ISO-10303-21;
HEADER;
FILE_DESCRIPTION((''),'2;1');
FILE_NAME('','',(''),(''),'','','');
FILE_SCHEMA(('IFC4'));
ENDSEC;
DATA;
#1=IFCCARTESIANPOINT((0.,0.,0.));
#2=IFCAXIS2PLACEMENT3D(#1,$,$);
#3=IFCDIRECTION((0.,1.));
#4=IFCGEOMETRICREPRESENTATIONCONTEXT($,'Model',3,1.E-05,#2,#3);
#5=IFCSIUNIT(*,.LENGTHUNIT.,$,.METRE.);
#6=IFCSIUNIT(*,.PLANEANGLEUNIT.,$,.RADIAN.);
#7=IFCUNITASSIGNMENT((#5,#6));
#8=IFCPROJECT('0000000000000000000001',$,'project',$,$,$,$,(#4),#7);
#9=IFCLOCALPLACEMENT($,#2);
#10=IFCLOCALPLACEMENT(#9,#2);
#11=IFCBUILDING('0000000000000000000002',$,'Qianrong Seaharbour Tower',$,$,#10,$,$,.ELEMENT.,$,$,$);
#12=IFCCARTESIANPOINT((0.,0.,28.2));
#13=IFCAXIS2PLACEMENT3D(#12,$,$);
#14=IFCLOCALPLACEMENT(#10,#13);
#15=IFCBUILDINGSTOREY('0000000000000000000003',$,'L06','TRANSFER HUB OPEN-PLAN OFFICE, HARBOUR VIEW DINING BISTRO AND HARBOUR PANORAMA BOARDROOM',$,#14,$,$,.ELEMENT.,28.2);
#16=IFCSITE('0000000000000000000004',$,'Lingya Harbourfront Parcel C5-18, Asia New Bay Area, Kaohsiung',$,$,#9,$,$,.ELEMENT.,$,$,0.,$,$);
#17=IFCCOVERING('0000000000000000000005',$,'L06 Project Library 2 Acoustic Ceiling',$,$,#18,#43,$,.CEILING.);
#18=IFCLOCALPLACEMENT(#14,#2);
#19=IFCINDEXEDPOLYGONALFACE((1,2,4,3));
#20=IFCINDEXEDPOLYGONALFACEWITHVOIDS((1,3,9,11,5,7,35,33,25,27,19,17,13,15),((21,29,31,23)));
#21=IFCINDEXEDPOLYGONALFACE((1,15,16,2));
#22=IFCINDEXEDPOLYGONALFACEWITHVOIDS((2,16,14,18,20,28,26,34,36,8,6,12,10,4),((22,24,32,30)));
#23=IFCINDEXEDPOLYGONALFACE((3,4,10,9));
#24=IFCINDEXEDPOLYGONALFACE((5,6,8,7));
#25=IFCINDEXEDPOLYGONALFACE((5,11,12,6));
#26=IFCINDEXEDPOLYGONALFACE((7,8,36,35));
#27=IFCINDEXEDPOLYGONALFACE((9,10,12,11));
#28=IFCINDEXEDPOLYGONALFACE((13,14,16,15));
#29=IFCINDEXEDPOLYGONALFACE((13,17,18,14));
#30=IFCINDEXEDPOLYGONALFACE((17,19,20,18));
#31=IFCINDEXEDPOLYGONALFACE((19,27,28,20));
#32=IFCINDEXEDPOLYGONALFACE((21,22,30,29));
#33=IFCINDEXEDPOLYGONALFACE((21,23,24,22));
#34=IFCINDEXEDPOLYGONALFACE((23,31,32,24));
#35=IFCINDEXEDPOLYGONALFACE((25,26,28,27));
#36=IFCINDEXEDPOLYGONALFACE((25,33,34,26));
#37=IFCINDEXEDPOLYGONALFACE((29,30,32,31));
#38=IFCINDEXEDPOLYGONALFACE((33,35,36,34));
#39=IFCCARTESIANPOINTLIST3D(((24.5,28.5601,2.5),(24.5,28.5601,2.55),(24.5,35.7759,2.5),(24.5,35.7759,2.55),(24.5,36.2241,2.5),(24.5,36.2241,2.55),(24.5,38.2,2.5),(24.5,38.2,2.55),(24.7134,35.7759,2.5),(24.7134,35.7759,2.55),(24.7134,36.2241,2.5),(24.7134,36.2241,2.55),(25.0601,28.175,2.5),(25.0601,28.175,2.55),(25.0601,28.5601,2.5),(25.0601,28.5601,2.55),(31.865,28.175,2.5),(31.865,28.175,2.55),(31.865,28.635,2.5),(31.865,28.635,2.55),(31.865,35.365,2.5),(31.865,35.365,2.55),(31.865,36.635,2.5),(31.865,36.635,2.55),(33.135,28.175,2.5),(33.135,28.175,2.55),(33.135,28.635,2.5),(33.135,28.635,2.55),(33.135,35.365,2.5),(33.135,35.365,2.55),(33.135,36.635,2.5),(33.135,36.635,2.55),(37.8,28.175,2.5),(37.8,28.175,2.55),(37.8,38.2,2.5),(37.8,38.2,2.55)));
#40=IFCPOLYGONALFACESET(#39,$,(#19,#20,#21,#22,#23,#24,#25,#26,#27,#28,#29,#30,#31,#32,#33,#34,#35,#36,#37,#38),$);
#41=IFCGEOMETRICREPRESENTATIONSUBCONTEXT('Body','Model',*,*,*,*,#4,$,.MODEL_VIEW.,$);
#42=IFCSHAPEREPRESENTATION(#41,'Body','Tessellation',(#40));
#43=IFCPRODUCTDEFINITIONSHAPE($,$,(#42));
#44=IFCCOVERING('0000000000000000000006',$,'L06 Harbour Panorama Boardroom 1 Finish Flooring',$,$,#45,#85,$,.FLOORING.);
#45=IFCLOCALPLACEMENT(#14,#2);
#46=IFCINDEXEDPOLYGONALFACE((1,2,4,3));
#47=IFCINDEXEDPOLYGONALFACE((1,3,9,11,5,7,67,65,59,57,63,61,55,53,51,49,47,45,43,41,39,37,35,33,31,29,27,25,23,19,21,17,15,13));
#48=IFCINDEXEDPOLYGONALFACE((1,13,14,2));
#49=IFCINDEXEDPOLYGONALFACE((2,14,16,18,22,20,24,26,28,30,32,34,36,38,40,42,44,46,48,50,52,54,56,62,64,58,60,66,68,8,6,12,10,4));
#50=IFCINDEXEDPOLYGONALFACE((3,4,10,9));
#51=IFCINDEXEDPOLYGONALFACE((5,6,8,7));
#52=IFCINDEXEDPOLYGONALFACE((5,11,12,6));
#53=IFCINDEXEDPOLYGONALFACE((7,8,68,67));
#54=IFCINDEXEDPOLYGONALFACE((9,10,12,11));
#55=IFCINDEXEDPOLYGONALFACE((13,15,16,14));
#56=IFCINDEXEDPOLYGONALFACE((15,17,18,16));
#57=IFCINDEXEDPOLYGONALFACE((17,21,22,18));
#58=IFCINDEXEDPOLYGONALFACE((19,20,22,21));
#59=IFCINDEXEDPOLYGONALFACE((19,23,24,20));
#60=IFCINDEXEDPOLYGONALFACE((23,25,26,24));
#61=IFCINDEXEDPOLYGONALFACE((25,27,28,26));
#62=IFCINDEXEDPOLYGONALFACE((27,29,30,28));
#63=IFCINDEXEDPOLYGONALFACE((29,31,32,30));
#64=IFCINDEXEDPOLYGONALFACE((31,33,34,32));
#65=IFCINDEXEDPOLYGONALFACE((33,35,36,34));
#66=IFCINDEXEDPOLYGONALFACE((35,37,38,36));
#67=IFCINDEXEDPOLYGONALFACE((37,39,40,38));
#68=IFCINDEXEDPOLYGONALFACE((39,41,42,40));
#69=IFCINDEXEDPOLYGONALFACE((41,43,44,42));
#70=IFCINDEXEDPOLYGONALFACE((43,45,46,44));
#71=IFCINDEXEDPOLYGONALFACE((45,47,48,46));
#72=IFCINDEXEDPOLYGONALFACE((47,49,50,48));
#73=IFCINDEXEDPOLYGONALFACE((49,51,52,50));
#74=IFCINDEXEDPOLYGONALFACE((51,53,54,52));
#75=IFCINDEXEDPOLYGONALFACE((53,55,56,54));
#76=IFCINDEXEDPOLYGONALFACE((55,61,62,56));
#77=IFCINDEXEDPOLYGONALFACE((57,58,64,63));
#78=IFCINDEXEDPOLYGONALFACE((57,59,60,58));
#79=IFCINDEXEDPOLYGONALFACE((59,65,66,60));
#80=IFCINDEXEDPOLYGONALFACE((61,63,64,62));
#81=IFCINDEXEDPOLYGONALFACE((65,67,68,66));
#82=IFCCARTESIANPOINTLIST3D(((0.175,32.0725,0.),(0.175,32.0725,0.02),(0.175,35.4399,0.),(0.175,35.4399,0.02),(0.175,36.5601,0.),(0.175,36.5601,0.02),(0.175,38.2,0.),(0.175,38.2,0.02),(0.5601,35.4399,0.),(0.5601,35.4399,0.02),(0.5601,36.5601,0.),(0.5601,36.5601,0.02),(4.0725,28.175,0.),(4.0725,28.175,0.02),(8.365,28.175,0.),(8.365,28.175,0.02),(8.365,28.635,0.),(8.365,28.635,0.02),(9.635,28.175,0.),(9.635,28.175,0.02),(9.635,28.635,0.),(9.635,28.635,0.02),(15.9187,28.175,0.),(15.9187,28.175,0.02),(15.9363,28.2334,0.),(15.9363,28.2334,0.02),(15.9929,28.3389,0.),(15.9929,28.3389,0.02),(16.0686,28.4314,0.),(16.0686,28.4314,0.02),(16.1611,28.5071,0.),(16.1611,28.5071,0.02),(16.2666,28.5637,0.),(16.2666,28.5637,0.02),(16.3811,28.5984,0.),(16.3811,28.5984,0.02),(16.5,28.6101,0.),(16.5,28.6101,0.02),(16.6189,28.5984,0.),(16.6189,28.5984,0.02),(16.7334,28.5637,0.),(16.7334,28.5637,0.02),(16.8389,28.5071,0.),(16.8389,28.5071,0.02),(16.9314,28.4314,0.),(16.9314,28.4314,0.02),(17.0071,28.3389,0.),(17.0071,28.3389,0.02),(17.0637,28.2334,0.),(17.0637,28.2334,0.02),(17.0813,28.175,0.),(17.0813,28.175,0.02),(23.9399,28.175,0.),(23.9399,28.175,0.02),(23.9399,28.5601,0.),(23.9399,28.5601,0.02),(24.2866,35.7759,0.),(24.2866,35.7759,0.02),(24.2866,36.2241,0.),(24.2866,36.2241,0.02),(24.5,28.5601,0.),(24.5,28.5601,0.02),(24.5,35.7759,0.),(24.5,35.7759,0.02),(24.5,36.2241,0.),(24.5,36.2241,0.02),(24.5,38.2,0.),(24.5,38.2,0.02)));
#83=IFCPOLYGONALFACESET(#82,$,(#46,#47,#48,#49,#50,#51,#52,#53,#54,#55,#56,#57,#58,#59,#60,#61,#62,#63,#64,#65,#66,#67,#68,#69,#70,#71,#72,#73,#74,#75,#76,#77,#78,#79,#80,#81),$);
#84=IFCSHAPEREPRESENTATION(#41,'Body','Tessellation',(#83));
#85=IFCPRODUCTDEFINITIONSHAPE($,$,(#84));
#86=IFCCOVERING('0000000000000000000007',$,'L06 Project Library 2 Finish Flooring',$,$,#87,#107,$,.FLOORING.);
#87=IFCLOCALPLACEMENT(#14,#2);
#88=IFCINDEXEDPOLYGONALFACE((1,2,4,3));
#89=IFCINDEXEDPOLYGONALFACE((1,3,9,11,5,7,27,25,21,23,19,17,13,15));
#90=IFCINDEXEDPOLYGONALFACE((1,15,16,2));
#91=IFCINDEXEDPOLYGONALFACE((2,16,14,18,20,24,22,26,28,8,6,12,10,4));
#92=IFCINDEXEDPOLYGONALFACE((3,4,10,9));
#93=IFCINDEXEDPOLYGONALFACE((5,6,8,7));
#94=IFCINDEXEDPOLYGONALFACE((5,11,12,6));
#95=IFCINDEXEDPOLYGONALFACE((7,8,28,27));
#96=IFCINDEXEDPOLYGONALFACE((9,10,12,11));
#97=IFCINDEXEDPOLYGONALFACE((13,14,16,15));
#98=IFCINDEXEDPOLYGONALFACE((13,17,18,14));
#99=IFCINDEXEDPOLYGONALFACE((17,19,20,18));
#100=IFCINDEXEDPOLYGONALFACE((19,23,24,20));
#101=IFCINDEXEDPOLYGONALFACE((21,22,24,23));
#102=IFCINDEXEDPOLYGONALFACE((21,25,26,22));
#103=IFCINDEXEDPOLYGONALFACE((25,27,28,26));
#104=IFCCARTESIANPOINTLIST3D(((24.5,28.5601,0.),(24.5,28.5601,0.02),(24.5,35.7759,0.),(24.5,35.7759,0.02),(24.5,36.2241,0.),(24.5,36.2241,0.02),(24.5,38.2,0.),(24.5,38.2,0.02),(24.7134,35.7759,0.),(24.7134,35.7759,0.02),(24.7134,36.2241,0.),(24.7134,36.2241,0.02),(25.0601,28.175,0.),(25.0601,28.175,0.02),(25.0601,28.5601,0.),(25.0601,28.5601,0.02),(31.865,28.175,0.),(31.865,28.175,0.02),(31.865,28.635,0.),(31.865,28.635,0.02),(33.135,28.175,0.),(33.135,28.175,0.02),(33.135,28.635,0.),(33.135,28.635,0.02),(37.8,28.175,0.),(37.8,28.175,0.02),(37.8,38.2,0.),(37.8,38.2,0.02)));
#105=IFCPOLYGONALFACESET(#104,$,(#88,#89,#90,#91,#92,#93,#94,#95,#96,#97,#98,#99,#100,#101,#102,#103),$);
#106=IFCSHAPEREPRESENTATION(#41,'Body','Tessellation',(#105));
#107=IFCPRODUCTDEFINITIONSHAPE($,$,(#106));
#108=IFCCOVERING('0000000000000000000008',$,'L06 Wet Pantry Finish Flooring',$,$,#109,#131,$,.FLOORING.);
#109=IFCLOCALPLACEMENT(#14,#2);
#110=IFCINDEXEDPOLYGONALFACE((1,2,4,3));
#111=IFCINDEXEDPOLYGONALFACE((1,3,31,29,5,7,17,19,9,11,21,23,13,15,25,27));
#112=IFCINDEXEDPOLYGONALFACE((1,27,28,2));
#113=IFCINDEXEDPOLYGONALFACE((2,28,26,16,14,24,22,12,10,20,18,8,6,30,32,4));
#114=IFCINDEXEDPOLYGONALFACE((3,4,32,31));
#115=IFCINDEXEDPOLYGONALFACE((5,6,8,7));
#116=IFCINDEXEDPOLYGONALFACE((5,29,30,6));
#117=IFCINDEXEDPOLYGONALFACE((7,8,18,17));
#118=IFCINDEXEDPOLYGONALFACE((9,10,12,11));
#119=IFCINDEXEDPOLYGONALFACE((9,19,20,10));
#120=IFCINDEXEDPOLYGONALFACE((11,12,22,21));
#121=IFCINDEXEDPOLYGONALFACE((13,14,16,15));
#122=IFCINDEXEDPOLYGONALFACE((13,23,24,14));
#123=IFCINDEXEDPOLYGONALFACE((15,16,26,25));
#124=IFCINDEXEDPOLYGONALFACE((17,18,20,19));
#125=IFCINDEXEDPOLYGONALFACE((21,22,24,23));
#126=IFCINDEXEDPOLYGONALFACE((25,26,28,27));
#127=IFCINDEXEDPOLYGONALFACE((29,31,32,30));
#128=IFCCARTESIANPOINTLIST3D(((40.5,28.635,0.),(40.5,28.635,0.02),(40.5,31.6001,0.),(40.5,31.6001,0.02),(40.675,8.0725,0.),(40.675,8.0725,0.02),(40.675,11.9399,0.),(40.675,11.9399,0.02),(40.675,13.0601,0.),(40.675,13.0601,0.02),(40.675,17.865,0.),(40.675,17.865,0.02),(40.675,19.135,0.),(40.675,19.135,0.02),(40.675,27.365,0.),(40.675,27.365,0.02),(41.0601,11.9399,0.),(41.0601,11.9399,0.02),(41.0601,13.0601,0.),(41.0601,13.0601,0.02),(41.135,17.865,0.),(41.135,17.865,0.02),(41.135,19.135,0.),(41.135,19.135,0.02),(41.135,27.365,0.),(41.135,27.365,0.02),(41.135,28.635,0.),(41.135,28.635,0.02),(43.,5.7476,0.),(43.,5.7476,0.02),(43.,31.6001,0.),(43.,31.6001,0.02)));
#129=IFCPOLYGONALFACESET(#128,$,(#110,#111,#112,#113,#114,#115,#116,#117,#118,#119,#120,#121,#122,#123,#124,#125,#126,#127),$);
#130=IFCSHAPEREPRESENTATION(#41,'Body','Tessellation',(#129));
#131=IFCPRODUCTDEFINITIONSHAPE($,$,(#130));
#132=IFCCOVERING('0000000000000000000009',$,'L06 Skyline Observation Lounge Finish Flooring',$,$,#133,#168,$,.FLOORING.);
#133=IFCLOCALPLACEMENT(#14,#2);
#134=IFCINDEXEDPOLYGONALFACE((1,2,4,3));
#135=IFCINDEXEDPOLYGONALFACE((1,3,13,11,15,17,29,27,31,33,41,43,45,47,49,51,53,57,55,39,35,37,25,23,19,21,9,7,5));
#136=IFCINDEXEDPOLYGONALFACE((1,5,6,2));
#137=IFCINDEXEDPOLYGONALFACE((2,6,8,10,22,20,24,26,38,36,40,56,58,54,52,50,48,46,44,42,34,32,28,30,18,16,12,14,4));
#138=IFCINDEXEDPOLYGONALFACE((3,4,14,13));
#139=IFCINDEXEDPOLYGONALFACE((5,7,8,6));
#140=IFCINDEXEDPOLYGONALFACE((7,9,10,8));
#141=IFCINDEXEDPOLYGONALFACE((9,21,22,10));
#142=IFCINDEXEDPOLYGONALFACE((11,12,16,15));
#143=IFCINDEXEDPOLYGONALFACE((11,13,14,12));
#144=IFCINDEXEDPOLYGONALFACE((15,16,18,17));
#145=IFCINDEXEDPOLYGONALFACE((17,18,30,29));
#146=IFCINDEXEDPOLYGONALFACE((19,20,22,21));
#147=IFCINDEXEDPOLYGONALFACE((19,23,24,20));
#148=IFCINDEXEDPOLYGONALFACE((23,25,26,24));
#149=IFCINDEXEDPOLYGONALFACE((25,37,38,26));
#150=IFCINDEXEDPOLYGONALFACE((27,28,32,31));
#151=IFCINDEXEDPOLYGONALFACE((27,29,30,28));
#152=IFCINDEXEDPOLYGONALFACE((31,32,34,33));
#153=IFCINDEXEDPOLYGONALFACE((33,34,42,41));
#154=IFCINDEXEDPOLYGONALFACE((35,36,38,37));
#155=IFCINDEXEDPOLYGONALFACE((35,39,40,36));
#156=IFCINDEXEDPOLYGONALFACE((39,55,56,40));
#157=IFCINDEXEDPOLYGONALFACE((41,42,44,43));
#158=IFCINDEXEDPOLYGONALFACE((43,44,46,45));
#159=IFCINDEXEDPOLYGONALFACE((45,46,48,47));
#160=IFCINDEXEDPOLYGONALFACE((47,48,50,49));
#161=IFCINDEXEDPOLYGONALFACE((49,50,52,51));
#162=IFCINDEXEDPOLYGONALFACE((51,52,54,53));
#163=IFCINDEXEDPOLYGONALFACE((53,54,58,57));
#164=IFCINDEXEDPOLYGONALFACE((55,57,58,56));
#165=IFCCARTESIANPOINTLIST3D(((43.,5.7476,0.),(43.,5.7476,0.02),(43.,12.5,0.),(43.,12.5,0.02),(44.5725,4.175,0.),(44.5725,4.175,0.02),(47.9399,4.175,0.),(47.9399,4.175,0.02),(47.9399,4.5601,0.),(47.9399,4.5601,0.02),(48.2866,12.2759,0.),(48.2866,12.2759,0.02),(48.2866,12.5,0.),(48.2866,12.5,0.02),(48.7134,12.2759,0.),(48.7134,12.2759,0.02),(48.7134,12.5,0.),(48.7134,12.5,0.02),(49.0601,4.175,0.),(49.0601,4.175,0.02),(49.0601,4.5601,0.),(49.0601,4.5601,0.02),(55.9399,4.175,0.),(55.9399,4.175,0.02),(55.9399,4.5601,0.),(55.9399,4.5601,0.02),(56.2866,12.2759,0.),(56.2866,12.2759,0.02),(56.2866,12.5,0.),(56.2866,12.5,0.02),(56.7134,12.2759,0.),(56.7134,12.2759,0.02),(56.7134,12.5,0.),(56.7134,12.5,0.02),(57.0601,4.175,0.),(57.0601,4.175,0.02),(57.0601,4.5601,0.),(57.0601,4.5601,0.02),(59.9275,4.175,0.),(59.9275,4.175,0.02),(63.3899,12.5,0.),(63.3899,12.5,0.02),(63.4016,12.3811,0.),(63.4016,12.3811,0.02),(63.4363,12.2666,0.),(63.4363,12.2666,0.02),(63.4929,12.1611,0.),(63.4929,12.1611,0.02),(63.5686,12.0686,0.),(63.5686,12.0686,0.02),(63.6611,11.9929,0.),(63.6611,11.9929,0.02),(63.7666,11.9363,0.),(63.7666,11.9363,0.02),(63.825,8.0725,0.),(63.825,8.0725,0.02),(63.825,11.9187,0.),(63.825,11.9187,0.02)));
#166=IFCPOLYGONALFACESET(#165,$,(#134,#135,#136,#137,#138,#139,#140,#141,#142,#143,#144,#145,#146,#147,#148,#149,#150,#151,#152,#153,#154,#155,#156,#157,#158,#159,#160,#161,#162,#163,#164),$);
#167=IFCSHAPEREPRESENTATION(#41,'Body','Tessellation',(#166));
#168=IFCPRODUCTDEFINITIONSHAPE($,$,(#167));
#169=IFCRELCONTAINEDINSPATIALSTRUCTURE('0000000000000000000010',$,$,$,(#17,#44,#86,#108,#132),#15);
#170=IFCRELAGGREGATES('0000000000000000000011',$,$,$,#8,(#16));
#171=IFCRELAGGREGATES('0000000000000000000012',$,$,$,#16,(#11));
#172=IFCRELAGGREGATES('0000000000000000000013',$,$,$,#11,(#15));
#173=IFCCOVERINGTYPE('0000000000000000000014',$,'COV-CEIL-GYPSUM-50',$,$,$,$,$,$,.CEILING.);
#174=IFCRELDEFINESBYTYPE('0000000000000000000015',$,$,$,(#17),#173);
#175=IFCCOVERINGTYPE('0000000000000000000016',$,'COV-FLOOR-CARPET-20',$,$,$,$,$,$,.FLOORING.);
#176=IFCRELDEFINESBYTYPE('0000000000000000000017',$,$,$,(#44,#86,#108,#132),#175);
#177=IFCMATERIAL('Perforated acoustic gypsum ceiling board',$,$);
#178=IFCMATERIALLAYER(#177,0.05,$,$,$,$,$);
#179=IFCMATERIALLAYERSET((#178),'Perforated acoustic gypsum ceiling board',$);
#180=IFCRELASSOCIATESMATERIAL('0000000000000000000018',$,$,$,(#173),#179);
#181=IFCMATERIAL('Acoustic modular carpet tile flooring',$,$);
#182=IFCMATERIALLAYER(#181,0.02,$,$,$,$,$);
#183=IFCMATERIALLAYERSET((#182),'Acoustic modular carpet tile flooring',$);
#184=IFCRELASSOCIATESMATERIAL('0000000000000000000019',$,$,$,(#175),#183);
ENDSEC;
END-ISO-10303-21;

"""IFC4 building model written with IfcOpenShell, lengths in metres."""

from ifc_helpers import new_model, si_unit, direction, frame, origin, place, context, subcontext, project, spatial, polyline, outline, extrude, material, layer, layer_set, type_object, element, save


model = new_model("IFC4")

# Units and contexts
model_context = context("Model", 3, precision=1e-05, world=origin(), true_north=direction((0.0, 1.0)))
body_context = subcontext(model_context, "Body", "Model", "MODEL_VIEW")
ifc_project = project(units=[si_unit("LENGTHUNIT", "METRE"), si_unit("PLANEANGLEUNIT", "RADIAN")], contexts=[model_context])

# Site, building, storey
site_placement = place(None, origin())
site = spatial("IfcSite", under=ifc_project, at=site_placement, Name="Lingya Harbourfront Parcel C5-18, Asia New Bay Area, Kaohsiung", CompositionType="ELEMENT", RefElevation=0.0)
building_placement = place(site_placement, origin())
building = spatial("IfcBuilding", under=site, at=building_placement, Name="Qianrong Seaharbour Tower", CompositionType="ELEMENT")
storey_placement = place(building_placement, frame((0.0, 0.0, 28.2)))
storey = spatial("IfcBuildingStorey", under=building, at=storey_placement, Name="L06", Description="TRANSFER HUB OPEN-PLAN OFFICE, HARBOUR VIEW DINING BISTRO AND HARBOUR PANORAMA BOARDROOM", CompositionType="ELEMENT", Elevation=28.2)

# Coverings
ifc_material_1 = material(Name="Perforated acoustic gypsum ceiling board")
ifc_layer_1 = layer(ifc_material_1, 0.05)
ifc_layer_set_1 = layer_set([ifc_layer_1], Name="Perforated acoustic gypsum ceiling board")
covering_type_1 = type_object("IfcCoveringType", Name="COV-CEIL-GYPSUM-50", PredefinedType="CEILING", material=ifc_layer_set_1)
covering_1_placement = place(storey_placement, frame((0.0, 0.0, 2.5)))
element("IfcCovering", 1, at=covering_1_placement, inside=storey, type_object=covering_type_1, Name="L06 Project Library 2 Acoustic Ceiling", PredefinedType="CEILING", context=body_context, shape_type="SweptSolid", body=[
    extrude(outline(polyline([(37.8, 28.175), (33.135, 28.175), (33.135, 28.635), (31.865, 28.635), (31.865, 28.175), (25.0601, 28.175), (25.0601, 28.5601), (24.5, 28.5601), (24.5, 35.7759), (24.7134, 35.7759), (24.7134, 36.2241), (24.5, 36.2241), (24.5, 38.2), (37.8, 38.2), (37.8, 28.175)]), holes=[polyline([(33.135, 35.365), (33.135, 36.635), (31.865, 36.635), (31.865, 35.365), (33.135, 35.365)])]), origin(), (0.0, 0.0, 1.0), 0.05),
])
ifc_material_2 = material(Name="Acoustic modular carpet tile flooring")
ifc_layer_2 = layer(ifc_material_2, 0.02)
ifc_layer_set_2 = layer_set([ifc_layer_2], Name="Acoustic modular carpet tile flooring")
covering_type_2 = type_object("IfcCoveringType", Name="COV-FLOOR-CARPET-20", PredefinedType="FLOORING", material=ifc_layer_set_2)
covering_2_placement = place(storey_placement, origin())
element("IfcCovering", 2, at=covering_2_placement, inside=storey, type_object=covering_type_2, Name="L06 Harbour Panorama Boardroom 1 Finish Flooring", PredefinedType="FLOORING", context=body_context, shape_type="SweptSolid", body=[
    extrude(outline(polyline([(17.0813, 28.175), (17.0637, 28.2334), (17.0071, 28.3389), (16.9314, 28.4314), (16.8389, 28.5071), (16.7334, 28.5637), (16.6189, 28.5984), (16.5, 28.6101), (16.3811, 28.5984), (16.2666, 28.5637), (16.1611, 28.5071), (16.0686, 28.4314), (15.9929, 28.3389), (15.9363, 28.2334), (15.9187, 28.175), (9.635, 28.175), (9.635, 28.635), (8.365, 28.635), (8.365, 28.175), (4.0725, 28.175), (0.175, 32.0725), (0.175, 35.4399), (0.5601, 35.4399), (0.5601, 36.5601), (0.175, 36.5601), (0.175, 38.2), (24.5, 38.2), (24.5, 36.2241), (24.2866, 36.2241), (24.2866, 35.7759), (24.5, 35.7759), (24.5, 28.5601), (23.9399, 28.5601), (23.9399, 28.175), (17.0813, 28.175)])), origin(), (0.0, 0.0, 1.0), 0.02),
])
covering_3_placement = place(storey_placement, origin())
element("IfcCovering", 3, at=covering_3_placement, inside=storey, type_object=covering_type_2, Name="L06 Project Library 2 Finish Flooring", PredefinedType="FLOORING", context=body_context, shape_type="SweptSolid", body=[
    extrude(outline(polyline([(37.8, 28.175), (33.135, 28.175), (33.135, 28.635), (31.865, 28.635), (31.865, 28.175), (25.0601, 28.175), (25.0601, 28.5601), (24.5, 28.5601), (24.5, 35.7759), (24.7134, 35.7759), (24.7134, 36.2241), (24.5, 36.2241), (24.5, 38.2), (37.8, 38.2), (37.8, 28.175)])), origin(), (0.0, 0.0, 1.0), 0.02),
])
covering_4_placement = place(storey_placement, origin())
element("IfcCovering", 4, at=covering_4_placement, inside=storey, type_object=covering_type_2, Name="L06 Wet Pantry Finish Flooring", PredefinedType="FLOORING", context=body_context, shape_type="SweptSolid", body=[
    extrude(outline(polyline([(43.0, 5.7476), (40.675, 8.0725), (40.675, 11.9399), (41.0601, 11.9399), (41.0601, 13.0601), (40.675, 13.0601), (40.675, 17.865), (41.135, 17.865), (41.135, 19.135), (40.675, 19.135), (40.675, 27.365), (41.135, 27.365), (41.135, 28.635), (40.5, 28.635), (40.5, 31.6001), (43.0, 31.6001), (43.0, 5.7476)])), origin(), (0.0, 0.0, 1.0), 0.02),
])
covering_5_placement = place(storey_placement, origin())
element("IfcCovering", 5, at=covering_5_placement, inside=storey, type_object=covering_type_2, Name="L06 Skyline Observation Lounge Finish Flooring", PredefinedType="FLOORING", context=body_context, shape_type="SweptSolid", body=[
    extrude(outline(polyline([(63.825, 8.0725), (59.9275, 4.175), (57.0601, 4.175), (57.0601, 4.5601), (55.9399, 4.5601), (55.9399, 4.175), (49.0601, 4.175), (49.0601, 4.5601), (47.9399, 4.5601), (47.9399, 4.175), (44.5725, 4.175), (43.0, 5.7476), (43.0, 12.5), (48.2866, 12.5), (48.2866, 12.2759), (48.7134, 12.2759), (48.7134, 12.5), (56.2866, 12.5), (56.2866, 12.2759), (56.7134, 12.2759), (56.7134, 12.5), (63.3899, 12.5), (63.4016, 12.3811), (63.4363, 12.2666), (63.4929, 12.1611), (63.5686, 12.0686), (63.6611, 11.9929), (63.7666, 11.9363), (63.825, 11.9187), (63.825, 8.0725)])), origin(), (0.0, 0.0, 1.0), 0.02),
])

save(model, "model.ifc")
